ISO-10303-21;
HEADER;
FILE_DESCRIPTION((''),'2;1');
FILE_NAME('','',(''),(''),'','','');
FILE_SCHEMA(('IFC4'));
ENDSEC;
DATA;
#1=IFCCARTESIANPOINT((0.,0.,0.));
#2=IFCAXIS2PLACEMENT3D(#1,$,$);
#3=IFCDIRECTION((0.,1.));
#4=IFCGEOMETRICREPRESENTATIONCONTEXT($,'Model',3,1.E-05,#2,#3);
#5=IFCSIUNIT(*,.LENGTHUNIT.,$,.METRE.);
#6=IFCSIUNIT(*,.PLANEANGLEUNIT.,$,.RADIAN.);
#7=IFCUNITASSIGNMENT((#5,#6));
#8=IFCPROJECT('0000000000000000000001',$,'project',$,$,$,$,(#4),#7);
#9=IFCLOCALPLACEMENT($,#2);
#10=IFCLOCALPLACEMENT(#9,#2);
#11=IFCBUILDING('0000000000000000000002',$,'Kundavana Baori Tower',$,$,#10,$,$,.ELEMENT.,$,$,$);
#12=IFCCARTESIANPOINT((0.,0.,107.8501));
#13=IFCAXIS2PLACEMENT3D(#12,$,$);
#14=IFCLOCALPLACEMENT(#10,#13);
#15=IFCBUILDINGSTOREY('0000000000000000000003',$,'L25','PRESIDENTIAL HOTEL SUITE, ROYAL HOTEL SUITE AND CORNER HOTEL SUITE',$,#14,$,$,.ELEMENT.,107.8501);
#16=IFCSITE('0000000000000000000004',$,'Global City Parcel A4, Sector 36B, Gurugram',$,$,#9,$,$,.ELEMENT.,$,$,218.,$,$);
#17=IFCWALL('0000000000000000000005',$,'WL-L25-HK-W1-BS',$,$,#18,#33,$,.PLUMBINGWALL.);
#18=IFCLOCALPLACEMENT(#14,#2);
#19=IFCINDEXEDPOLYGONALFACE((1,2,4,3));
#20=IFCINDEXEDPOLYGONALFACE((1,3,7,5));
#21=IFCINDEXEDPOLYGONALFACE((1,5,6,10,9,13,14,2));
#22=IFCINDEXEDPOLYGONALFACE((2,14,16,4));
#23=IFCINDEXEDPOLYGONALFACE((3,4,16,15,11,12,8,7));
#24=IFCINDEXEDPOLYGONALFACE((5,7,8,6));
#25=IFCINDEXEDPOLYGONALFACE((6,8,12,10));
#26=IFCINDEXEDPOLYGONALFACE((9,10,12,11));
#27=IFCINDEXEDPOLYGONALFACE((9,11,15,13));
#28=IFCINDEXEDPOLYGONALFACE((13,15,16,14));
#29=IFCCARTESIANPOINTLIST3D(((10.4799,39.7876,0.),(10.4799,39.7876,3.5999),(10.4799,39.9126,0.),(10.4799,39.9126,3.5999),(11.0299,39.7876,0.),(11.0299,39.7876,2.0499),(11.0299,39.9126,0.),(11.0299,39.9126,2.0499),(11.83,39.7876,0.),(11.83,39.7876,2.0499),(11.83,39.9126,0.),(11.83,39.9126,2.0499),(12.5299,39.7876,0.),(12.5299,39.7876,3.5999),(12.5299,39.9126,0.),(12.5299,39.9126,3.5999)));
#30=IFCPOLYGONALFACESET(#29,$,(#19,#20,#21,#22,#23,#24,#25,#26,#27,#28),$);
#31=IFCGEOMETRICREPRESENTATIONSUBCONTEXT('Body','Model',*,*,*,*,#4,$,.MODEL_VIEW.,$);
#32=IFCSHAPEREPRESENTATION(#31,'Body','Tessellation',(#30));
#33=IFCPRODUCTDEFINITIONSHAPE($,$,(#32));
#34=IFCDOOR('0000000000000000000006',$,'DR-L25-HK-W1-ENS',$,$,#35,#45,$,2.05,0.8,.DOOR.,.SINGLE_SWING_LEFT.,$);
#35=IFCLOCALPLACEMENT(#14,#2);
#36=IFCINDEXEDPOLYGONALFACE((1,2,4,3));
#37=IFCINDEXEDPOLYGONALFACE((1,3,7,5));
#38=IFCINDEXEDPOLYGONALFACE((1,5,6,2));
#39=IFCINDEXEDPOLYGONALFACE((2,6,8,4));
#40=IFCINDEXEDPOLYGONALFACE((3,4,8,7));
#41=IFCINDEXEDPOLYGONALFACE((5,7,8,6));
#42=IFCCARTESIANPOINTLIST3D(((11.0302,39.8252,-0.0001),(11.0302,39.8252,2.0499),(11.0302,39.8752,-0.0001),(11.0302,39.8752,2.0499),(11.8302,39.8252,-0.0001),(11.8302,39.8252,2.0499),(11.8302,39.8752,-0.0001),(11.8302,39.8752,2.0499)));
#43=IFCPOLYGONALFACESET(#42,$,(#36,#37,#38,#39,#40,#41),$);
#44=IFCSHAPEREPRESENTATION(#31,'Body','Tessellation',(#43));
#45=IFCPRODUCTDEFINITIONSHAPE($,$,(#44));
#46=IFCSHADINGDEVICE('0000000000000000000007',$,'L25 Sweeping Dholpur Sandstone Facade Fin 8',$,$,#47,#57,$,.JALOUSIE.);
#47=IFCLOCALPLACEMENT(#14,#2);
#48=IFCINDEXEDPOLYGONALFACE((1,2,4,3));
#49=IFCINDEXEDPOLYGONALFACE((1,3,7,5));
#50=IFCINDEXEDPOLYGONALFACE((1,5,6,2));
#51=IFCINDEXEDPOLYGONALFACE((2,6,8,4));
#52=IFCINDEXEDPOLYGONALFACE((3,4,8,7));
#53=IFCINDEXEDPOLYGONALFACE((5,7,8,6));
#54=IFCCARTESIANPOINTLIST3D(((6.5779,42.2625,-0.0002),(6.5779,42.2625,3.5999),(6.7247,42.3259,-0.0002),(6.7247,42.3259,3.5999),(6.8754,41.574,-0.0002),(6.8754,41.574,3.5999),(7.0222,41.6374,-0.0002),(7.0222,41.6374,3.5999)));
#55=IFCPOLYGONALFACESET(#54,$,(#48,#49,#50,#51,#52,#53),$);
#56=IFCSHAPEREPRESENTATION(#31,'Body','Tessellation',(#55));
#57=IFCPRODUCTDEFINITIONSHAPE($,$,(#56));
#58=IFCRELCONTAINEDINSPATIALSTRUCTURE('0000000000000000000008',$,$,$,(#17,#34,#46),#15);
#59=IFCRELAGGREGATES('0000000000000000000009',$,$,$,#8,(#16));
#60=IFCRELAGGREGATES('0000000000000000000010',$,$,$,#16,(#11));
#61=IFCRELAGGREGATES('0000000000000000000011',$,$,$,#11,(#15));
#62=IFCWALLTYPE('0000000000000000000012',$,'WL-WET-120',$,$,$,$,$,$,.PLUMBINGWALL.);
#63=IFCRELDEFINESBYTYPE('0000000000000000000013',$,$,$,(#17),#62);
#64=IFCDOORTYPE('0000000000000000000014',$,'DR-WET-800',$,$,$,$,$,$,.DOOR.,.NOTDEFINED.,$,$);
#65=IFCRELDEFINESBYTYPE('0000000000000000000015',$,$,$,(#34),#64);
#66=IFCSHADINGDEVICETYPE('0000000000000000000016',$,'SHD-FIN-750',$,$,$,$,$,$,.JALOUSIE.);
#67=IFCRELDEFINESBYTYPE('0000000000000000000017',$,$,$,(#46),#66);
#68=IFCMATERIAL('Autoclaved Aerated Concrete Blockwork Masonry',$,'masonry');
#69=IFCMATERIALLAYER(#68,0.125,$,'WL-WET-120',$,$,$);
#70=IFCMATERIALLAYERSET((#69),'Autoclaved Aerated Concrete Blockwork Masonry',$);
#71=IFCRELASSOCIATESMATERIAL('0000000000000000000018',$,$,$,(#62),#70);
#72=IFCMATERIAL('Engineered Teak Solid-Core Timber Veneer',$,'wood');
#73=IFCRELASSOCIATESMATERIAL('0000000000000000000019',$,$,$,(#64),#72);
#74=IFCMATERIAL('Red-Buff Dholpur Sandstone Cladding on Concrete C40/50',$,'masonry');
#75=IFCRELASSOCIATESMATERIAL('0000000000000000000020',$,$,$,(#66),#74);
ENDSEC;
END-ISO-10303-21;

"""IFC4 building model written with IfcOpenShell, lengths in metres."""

from ifc_helpers import new_model, si_unit, direction, frame, frame_2d, origin, origin_2d, place, context, subcontext, project, spatial, rectangle, extrude, material, layer, layer_set, type_object, element, fill, save


model = new_model("IFC4")

# Units and contexts
model_context = context("Model", 3, precision=1e-05, world=origin(), true_north=direction((0.0, 1.0)))
body_context = subcontext(model_context, "Body", "Model", "MODEL_VIEW")
ifc_project = project(units=[si_unit("LENGTHUNIT", "METRE"), si_unit("PLANEANGLEUNIT", "RADIAN")], contexts=[model_context])

# Site, building, storey
site_placement = place(None, origin())
site = spatial("IfcSite", under=ifc_project, at=site_placement, Name="Global City Parcel A4, Sector 36B, Gurugram", CompositionType="ELEMENT", RefElevation=218.0)
building_placement = place(site_placement, origin())
building = spatial("IfcBuilding", under=site, at=building_placement, Name="Kundavana Baori Tower", CompositionType="ELEMENT")
storey_placement = place(building_placement, frame((0.0, 0.0, 107.8501)))
storey = spatial("IfcBuildingStorey", under=building, at=storey_placement, Name="L25", Description="PRESIDENTIAL HOTEL SUITE, ROYAL HOTEL SUITE AND CORNER HOTEL SUITE", CompositionType="ELEMENT", Elevation=107.8501)

# Shared definitions
ifc_material_1 = material(Name="Autoclaved Aerated Concrete Blockwork Masonry", Category="masonry")
ifc_layer_1 = layer(ifc_material_1, 0.125, Name="WL-WET-120")
ifc_layer_set_1 = layer_set([ifc_layer_1], Name="Autoclaved Aerated Concrete Blockwork Masonry")
wall_type_1 = type_object("IfcWallType", Name="WL-WET-120", PredefinedType="PLUMBINGWALL", material=ifc_layer_set_1)

# Wall, opening, door
wall_1_placement = place(storey_placement, frame((10.48, 39.8501, 0.0), z_axis=(0.0, 0.0, 1.0), x_axis=(1.0, 0.0, 0.0)))
wall_1 = element("IfcWall", 1, at=wall_1_placement, inside=storey, type_object=wall_type_1, Name="WL-L25-HK-W1-BS", PredefinedType="PLUMBINGWALL", context=body_context, shape_type="SweptSolid", body=[
    extrude(rectangle(XDim=2.05, YDim=0.125, at=frame_2d((1.0249, 0.0))), origin(), (0.0, 0.0, 1.0), 3.5999),
])
opening_1_placement = place(wall_1_placement, frame((0.55, 0.0, 0.0)))
opening_1 = element("IfcOpeningElement", 2, at=opening_1_placement, cuts=wall_1, PredefinedType="OPENING", context=body_context, shape_type="SweptSolid", body=[
    extrude(rectangle(XDim=0.8, YDim=2.05, at=frame_2d((0.3999, 1.0249))), frame((0.0, 0.0725, 0.0), z_axis=(0.0, -1.0, 0.0), x_axis=(1.0, 0.0, 0.0)), (0.0, 0.0, 1.0), 0.145),
])
ifc_material_2 = material(Name="Engineered Teak Solid-Core Timber Veneer", Category="wood")
door_type_1 = type_object("IfcDoorType", Name="DR-WET-800", OperationType="NOTDEFINED", PredefinedType="DOOR", material=ifc_material_2)
door_1_placement = place(opening_1_placement, frame((0.8, 0.0, 0.0), z_axis=(0.0, 0.0, 1.0), x_axis=(-1.0, 0.0, 0.0)))
door_1 = element("IfcDoor", 3, at=door_1_placement, inside=storey, type_object=door_type_1, Name="DR-L25-HK-W1-ENS", OperationType="SINGLE_SWING_LEFT", OverallHeight=2.05, OverallWidth=0.8, PredefinedType="DOOR", context=body_context, shape_type="SweptSolid", body=[
    extrude(rectangle(XDim=0.8, YDim=2.05, at=frame_2d((0.3999, 1.0249))), frame((0.0, 0.0249, 0.0), z_axis=(0.0, -1.0, 0.0), x_axis=(1.0, 0.0, 0.0)), (0.0, 0.0, 1.0), 0.05),
])
fill(opening_1, door_1)

# Shading device
ifc_material_3 = material(Name="Red-Buff Dholpur Sandstone Cladding on Concrete C40/50", Category="masonry")
shading_device_type = type_object("IfcShadingDeviceType", Name="SHD-FIN-750", PredefinedType="JALOUSIE", material=ifc_material_3)
shading_device_placement = place(storey_placement, frame((6.8, 41.95, -0.0002), z_axis=(0.0, 0.0, 1.0), x_axis=(0.917962, 0.396667, 0.0)))
element("IfcShadingDevice", 4, at=shading_device_placement, inside=storey, type_object=shading_device_type, Name="L25 Sweeping Dholpur Sandstone Facade Fin 8", PredefinedType="JALOUSIE", context=body_context, shape_type="SweptSolid", body=[
    extrude(rectangle(XDim=0.1599, YDim=0.75, at=origin_2d()), origin(), (0.0, 0.0, 1.0), 3.6001),
])

save(model, "model.ifc")
